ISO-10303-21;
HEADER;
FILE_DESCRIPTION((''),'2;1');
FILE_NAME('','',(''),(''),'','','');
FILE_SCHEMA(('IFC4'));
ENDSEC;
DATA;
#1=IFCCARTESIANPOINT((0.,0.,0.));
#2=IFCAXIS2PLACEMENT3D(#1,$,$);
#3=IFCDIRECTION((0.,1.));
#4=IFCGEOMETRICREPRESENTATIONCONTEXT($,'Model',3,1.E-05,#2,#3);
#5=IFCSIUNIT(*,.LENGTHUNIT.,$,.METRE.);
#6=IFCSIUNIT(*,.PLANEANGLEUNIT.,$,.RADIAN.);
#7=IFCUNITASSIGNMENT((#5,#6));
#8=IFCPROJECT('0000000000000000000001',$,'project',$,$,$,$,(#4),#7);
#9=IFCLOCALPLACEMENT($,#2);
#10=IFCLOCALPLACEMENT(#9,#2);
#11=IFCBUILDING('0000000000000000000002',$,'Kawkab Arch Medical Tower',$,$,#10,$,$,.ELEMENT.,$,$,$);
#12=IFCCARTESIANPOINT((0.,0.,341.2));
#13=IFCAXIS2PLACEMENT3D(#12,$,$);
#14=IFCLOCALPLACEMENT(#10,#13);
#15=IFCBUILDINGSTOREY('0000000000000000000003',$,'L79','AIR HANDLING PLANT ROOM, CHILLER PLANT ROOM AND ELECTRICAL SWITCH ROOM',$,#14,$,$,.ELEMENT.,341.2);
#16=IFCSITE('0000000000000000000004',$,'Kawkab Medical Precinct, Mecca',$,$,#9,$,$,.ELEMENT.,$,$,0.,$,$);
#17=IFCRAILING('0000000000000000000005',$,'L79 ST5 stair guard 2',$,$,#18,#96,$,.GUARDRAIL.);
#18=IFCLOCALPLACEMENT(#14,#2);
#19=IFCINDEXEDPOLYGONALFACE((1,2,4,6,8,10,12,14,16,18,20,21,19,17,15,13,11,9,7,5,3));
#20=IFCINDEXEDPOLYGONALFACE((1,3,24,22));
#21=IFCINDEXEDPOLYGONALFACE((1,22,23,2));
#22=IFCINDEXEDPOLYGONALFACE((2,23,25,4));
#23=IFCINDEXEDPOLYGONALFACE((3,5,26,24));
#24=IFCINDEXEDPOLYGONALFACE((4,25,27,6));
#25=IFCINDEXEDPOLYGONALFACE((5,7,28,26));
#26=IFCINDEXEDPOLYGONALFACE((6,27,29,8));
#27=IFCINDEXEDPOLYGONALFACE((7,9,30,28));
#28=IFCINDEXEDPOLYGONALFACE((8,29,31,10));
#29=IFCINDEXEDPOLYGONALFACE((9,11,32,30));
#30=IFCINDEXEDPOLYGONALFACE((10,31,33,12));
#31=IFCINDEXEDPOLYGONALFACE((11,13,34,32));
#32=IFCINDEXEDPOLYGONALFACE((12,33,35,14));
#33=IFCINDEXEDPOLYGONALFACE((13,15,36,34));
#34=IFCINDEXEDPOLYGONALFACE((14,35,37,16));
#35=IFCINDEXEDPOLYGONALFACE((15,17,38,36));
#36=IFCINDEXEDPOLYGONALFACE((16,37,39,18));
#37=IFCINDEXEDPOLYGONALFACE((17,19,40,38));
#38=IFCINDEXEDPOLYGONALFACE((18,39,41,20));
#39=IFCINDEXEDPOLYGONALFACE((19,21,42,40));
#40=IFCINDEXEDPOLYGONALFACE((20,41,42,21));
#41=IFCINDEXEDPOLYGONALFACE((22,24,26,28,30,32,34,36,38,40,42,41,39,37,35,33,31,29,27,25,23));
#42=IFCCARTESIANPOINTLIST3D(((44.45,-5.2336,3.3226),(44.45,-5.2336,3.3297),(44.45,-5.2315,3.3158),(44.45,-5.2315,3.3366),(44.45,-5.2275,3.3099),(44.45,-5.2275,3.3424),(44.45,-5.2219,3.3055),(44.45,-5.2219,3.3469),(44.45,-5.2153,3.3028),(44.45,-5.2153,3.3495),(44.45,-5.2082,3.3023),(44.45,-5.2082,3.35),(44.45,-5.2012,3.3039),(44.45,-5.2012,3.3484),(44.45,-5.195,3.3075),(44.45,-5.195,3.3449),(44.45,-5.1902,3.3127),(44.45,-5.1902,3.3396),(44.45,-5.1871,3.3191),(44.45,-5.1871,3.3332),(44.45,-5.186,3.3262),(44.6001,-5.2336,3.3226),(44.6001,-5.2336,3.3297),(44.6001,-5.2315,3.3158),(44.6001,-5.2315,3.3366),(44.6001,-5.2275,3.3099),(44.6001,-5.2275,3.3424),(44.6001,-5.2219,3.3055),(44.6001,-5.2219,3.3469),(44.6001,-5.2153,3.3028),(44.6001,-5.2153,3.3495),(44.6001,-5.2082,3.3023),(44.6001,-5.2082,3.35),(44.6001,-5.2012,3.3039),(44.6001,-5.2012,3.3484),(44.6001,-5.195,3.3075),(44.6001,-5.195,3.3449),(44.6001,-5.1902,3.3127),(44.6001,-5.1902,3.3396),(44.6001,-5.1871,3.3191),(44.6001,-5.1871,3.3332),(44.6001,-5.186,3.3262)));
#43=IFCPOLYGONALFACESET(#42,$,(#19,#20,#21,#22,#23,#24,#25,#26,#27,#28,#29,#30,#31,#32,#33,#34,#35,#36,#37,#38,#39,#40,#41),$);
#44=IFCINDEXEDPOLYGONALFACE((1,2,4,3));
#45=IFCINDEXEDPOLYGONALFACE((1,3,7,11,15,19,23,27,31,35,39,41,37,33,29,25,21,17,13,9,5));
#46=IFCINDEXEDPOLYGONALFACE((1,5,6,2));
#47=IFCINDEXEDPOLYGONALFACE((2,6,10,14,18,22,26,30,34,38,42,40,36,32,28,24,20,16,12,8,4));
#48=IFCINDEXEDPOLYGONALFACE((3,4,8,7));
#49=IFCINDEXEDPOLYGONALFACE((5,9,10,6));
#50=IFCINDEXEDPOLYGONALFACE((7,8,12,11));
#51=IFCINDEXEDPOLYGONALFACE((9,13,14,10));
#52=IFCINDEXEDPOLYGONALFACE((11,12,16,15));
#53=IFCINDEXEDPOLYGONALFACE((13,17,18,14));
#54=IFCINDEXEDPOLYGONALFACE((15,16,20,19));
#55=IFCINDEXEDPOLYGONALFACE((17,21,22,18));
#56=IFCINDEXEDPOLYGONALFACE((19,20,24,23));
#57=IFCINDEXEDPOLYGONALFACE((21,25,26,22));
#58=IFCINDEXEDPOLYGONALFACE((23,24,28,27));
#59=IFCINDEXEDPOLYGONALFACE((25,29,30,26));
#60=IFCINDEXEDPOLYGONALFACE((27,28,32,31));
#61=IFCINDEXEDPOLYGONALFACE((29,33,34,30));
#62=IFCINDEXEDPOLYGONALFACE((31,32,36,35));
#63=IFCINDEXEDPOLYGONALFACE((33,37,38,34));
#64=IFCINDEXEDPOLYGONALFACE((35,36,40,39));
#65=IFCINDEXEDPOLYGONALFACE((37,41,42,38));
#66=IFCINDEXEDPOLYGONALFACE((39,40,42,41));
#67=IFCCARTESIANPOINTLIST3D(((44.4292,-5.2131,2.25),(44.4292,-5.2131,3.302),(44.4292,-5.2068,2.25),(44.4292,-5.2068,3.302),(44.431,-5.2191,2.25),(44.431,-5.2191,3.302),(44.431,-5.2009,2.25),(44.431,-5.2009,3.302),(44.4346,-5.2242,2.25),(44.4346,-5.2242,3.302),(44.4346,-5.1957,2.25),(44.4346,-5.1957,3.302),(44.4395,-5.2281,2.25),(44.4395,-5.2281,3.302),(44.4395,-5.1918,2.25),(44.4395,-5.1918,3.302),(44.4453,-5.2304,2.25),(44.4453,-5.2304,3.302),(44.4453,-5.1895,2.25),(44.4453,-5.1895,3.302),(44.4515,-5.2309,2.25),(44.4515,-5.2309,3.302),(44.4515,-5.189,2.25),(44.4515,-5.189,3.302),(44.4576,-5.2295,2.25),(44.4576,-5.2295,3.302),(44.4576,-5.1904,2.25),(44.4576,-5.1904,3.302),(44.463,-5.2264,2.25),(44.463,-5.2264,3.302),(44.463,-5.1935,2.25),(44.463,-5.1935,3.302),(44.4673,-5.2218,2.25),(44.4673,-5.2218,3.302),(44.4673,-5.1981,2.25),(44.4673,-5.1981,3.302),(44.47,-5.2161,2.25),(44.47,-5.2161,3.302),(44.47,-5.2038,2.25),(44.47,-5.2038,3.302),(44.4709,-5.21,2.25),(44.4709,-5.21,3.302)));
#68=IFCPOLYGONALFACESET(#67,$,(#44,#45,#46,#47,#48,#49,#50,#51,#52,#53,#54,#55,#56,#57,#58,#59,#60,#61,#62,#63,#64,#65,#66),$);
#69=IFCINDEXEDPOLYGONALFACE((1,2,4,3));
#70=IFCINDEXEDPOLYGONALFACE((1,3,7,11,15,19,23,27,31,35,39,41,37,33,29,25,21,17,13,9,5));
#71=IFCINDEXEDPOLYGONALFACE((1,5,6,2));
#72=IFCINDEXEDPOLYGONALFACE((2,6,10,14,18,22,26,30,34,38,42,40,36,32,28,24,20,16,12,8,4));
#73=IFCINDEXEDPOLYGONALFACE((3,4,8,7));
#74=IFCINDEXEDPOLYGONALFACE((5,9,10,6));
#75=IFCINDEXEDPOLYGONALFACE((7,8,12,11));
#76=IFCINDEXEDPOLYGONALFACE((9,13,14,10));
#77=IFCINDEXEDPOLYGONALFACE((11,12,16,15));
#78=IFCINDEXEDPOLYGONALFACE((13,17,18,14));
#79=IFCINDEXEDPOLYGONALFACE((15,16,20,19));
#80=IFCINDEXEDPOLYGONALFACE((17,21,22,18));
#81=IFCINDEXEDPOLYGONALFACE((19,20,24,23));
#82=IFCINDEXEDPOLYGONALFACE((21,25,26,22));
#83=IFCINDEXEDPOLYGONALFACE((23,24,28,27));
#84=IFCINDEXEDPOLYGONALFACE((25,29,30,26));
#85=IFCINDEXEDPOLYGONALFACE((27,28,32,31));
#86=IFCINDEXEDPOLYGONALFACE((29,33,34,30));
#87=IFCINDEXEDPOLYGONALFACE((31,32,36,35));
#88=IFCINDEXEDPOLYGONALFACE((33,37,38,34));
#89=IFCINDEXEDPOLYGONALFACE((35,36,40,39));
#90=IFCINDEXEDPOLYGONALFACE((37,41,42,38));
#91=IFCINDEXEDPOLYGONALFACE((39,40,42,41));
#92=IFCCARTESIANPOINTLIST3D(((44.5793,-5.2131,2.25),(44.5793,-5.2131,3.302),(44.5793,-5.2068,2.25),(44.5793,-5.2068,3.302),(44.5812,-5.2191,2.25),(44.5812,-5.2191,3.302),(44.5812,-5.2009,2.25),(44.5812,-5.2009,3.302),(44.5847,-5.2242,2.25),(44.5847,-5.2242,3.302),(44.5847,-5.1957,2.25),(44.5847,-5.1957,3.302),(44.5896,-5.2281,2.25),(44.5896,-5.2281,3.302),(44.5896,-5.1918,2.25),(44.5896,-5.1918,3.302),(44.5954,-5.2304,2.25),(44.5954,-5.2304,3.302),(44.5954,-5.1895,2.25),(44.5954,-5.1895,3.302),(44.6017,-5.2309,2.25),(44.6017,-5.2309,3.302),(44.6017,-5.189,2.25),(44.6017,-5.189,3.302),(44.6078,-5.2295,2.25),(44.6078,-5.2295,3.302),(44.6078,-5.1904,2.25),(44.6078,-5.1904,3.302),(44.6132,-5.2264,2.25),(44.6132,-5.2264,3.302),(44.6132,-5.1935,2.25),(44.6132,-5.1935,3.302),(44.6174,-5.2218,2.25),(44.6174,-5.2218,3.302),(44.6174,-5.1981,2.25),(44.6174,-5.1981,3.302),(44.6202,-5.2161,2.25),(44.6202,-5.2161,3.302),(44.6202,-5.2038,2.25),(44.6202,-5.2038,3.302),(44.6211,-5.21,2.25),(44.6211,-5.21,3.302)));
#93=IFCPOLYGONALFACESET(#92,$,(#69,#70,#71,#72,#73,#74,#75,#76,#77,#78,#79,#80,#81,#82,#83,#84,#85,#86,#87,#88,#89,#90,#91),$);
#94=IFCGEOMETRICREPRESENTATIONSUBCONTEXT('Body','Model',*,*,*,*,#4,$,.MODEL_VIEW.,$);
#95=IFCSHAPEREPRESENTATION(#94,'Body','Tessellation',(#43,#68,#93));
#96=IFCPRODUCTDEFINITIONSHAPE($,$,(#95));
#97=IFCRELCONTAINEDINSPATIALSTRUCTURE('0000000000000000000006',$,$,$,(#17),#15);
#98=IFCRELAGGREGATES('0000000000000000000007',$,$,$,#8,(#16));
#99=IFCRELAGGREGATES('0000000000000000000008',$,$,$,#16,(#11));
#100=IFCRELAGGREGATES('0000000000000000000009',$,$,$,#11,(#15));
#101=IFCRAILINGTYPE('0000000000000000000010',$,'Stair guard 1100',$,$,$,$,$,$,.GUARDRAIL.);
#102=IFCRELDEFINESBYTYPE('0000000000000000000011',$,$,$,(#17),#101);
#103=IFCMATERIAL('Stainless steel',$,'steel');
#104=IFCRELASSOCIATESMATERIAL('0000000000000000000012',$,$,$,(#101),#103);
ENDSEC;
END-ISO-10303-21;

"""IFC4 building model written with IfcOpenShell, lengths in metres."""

from ifc_helpers import new_model, si_unit, direction, frame, origin, origin_2d, place, context, subcontext, project, spatial, circle, extrude, material, type_object, element, save


model = new_model("IFC4")

# Units and contexts
model_context = context("Model", 3, precision=1e-05, world=origin(), true_north=direction((0.0, 1.0)))
body_context = subcontext(model_context, "Body", "Model", "MODEL_VIEW")
ifc_project = project(units=[si_unit("LENGTHUNIT", "METRE"), si_unit("PLANEANGLEUNIT", "RADIAN")], contexts=[model_context])

# Site, building, storey
site_placement = place(None, origin())
site = spatial("IfcSite", under=ifc_project, at=site_placement, Name="Kawkab Medical Precinct, Mecca", CompositionType="ELEMENT", RefElevation=0.0)
building_placement = place(site_placement, origin())
building = spatial("IfcBuilding", under=site, at=building_placement, Name="Kawkab Arch Medical Tower", CompositionType="ELEMENT")
storey_placement = place(building_placement, frame((0.0, 0.0, 341.2)))
storey = spatial("IfcBuildingStorey", under=building, at=storey_placement, Name="L79", Description="AIR HANDLING PLANT ROOM, CHILLER PLANT ROOM AND ELECTRICAL SWITCH ROOM", CompositionType="ELEMENT", Elevation=341.2)

# Railing
ifc_material_1 = material(Name="Stainless steel", Category="steel")
railing_type = type_object("IfcRailingType", Name="Stair guard 1100", PredefinedType="GUARDRAIL", material=ifc_material_1)
railing_1_placement = place(storey_placement, frame((44.45, -5.21, 2.25)))
element("IfcRailing", 1, at=railing_1_placement, inside=storey, type_object=railing_type, Name="L79 ST5 stair guard 2", PredefinedType="GUARDRAIL", context=body_context, shape_type="SweptSolid", body=[
    extrude(circle(Radius=0.0239, at=origin_2d()), frame((0.0, 0.0, 1.0762), z_axis=(1.0, 0.0, 0.0), x_axis=(0.0, 1.0, 0.0)), (0.0, 0.0, 1.0), 0.1501),
    extrude(circle(Radius=0.021, at=origin_2d()), origin(), (0.0, 0.0, 1.0), 1.052),
    extrude(circle(Radius=0.021, at=origin_2d()), frame((0.1501, 0.0, 0.0)), (0.0, 0.0, 1.0), 1.052),
])

save(model, "model.ifc")
